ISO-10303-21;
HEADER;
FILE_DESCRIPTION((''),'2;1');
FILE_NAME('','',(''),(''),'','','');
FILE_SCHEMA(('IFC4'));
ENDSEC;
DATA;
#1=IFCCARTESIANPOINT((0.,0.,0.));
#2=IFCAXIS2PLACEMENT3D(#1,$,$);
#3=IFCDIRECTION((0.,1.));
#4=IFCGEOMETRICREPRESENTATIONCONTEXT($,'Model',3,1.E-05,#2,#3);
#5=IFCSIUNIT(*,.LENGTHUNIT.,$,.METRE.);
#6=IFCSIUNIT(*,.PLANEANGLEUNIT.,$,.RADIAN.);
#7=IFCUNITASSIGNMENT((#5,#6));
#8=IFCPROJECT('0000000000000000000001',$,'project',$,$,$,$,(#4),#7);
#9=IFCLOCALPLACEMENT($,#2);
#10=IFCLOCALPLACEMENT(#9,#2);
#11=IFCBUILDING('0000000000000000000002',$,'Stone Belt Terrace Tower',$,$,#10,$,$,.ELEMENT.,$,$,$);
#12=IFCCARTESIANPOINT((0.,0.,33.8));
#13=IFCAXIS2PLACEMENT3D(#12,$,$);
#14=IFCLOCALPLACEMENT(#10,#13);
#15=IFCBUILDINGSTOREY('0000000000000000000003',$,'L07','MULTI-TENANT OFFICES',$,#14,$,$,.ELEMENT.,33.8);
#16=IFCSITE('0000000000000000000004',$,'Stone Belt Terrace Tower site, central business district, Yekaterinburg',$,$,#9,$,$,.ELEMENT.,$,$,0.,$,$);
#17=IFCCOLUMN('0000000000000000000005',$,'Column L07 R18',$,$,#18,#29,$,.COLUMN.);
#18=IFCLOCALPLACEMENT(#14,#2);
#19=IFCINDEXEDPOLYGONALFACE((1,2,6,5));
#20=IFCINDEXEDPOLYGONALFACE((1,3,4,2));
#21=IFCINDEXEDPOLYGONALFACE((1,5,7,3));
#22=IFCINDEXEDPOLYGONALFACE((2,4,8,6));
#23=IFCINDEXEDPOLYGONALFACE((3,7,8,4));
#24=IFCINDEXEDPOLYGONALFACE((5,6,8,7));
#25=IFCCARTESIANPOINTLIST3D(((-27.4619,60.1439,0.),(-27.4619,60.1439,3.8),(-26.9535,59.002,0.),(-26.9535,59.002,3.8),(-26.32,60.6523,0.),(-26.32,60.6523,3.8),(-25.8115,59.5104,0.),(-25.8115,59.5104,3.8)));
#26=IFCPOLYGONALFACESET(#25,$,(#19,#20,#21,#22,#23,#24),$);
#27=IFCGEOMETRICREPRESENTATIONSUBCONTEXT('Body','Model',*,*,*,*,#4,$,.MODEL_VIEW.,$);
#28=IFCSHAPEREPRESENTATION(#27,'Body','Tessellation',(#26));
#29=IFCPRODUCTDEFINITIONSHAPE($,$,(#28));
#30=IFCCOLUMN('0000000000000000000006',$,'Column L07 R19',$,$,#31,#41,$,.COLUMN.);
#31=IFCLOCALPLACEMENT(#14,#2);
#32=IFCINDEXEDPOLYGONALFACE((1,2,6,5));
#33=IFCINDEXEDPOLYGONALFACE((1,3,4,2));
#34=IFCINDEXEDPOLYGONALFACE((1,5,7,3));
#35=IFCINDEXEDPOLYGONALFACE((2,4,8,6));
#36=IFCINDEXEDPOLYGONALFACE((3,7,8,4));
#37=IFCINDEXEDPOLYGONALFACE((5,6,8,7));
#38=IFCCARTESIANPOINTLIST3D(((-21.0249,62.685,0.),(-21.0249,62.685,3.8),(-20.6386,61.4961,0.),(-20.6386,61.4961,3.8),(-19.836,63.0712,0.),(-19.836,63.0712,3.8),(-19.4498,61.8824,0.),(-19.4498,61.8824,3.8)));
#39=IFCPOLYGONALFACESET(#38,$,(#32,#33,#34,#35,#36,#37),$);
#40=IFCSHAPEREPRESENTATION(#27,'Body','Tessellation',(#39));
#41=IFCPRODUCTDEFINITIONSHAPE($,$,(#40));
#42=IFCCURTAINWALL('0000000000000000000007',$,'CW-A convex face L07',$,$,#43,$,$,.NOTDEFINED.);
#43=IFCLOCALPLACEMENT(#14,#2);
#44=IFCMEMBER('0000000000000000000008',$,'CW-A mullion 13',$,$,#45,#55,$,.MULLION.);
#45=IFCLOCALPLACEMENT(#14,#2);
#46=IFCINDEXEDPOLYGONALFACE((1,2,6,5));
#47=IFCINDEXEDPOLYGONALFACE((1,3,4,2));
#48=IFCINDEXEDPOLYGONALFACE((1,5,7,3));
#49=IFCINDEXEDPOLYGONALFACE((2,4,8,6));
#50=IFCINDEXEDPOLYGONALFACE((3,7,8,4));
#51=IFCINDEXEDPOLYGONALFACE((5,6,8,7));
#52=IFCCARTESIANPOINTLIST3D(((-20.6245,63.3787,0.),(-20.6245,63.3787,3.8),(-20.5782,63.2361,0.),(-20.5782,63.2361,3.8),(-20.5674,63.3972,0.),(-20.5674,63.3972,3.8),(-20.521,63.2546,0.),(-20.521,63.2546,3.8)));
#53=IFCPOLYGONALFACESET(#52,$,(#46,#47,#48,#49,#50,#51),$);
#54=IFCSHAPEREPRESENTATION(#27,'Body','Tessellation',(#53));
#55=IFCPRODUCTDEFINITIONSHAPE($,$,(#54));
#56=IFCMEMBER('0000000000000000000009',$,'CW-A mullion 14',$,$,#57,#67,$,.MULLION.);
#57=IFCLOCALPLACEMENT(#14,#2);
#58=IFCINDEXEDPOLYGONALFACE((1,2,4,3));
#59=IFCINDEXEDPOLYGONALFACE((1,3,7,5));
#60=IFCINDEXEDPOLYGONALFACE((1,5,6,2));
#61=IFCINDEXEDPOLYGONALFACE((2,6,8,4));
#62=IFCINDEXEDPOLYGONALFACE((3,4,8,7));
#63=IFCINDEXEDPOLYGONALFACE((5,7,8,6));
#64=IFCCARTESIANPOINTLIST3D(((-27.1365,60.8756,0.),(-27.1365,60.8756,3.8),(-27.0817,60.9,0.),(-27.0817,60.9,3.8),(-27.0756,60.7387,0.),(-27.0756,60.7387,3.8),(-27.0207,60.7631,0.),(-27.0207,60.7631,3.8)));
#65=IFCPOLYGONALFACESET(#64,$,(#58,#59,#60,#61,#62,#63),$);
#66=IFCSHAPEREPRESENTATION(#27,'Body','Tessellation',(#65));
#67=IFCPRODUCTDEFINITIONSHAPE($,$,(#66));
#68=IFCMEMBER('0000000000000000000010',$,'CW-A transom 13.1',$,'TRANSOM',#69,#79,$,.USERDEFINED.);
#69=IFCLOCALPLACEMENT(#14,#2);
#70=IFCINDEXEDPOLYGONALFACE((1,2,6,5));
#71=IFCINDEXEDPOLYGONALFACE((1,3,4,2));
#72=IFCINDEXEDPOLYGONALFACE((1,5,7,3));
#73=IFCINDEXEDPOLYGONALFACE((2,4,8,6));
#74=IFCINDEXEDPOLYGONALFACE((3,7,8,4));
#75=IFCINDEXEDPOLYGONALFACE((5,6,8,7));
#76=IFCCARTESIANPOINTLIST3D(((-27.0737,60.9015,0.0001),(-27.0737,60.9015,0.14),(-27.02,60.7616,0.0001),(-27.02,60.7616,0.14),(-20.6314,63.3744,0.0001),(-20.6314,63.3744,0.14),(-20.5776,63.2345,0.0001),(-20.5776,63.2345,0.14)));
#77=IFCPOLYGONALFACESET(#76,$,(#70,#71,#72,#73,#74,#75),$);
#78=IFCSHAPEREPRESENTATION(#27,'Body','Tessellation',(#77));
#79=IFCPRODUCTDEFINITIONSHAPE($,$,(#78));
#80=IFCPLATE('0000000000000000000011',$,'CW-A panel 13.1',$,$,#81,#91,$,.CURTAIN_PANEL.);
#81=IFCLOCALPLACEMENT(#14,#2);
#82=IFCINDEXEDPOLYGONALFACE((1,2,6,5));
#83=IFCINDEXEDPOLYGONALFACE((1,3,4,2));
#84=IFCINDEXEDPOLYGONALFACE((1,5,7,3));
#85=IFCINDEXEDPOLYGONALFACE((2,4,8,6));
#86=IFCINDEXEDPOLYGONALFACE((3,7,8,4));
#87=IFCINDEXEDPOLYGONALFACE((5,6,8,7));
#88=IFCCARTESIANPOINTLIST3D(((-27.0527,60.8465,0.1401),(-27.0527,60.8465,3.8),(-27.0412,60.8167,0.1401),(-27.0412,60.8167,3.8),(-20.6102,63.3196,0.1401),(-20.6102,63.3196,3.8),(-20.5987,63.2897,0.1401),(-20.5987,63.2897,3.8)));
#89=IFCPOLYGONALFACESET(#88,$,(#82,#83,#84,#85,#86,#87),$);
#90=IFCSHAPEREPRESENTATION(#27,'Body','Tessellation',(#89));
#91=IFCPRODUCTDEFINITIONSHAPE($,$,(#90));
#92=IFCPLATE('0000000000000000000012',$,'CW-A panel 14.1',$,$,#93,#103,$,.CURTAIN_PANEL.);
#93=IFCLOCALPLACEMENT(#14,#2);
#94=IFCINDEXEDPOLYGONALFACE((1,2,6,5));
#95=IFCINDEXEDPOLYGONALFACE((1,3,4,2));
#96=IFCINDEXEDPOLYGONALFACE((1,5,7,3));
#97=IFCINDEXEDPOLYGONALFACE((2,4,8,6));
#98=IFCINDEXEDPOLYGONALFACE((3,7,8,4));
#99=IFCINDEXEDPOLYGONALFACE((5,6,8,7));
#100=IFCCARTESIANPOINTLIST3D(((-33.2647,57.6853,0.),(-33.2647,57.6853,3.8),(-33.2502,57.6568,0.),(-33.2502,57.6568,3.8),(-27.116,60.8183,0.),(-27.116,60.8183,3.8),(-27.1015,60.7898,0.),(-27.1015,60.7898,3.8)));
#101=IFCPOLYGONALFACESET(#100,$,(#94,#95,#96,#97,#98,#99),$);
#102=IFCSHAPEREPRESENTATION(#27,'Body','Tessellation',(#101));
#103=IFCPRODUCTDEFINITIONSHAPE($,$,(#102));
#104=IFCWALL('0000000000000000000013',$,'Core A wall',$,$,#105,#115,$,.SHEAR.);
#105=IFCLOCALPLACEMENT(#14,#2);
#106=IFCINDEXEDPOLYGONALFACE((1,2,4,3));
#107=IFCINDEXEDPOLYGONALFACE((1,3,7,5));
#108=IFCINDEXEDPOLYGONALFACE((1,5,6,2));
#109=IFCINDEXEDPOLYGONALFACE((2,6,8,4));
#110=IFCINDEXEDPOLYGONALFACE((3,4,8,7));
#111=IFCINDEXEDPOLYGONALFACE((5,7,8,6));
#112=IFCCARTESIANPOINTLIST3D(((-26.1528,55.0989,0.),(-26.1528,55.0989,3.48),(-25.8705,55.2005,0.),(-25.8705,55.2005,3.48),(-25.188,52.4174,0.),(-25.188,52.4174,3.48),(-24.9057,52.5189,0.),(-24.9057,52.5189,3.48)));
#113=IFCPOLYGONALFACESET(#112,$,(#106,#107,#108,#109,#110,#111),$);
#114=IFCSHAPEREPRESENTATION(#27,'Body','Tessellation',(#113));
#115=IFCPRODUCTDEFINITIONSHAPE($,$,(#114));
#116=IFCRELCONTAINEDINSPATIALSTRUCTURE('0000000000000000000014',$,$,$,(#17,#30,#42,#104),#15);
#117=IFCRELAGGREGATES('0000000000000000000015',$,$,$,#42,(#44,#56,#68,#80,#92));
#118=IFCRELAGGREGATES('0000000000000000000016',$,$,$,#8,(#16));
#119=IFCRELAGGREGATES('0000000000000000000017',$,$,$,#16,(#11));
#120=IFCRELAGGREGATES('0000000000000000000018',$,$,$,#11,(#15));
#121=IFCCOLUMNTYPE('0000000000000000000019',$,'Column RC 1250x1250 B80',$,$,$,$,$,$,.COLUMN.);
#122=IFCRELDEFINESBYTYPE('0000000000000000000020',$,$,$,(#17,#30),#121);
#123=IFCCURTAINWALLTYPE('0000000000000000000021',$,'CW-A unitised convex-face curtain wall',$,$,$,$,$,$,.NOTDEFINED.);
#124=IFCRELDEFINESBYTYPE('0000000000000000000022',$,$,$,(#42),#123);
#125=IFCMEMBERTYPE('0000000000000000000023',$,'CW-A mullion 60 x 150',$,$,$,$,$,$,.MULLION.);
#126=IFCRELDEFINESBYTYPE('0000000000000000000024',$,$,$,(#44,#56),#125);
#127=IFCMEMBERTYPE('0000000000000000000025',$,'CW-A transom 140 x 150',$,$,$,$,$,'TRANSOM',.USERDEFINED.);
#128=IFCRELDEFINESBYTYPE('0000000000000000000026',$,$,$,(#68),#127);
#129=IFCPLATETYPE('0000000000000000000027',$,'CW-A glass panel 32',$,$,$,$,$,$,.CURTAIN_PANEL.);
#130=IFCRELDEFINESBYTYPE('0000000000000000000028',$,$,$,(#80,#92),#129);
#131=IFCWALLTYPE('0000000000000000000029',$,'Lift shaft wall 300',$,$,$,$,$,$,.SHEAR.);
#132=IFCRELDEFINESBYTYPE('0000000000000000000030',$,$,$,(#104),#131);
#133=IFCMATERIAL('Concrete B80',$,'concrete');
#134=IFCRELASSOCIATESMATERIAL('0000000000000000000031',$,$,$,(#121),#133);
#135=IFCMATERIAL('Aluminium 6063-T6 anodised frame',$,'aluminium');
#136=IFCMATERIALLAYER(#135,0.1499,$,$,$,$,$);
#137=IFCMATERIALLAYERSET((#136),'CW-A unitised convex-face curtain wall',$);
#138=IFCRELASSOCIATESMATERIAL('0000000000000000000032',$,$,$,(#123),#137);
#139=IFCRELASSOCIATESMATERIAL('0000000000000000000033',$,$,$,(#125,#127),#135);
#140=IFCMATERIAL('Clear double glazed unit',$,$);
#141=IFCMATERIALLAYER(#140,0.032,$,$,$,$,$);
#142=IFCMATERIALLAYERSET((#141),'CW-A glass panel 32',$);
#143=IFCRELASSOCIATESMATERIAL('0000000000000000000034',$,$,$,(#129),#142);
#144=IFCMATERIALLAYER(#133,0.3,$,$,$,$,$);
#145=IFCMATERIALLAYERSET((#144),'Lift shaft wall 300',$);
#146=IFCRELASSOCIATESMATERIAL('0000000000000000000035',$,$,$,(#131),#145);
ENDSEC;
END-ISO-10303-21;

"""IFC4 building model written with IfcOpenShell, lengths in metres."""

from ifc_helpers import new_model, si_unit, direction, frame, frame_2d, origin, origin_2d, place, context, subcontext, project, spatial, rectangle, extrude, material, layer, layer_set, material_profile, profile_set, type_object, element, aggregate, save


model = new_model("IFC4")

# Units and contexts
model_context = context("Model", 3, precision=1e-05, world=origin(), true_north=direction((0.0, 1.0)))
body_context = subcontext(model_context, "Body", "Model", "MODEL_VIEW")
ifc_project = project(units=[si_unit("LENGTHUNIT", "METRE"), si_unit("PLANEANGLEUNIT", "RADIAN")], contexts=[model_context])

# Site, building, storey
site_placement = place(None, origin())
site = spatial("IfcSite", under=ifc_project, at=site_placement, Name="Stone Belt Terrace Tower site, central business district, Yekaterinburg", CompositionType="ELEMENT", RefElevation=0.0)
building_placement = place(site_placement, origin())
building = spatial("IfcBuilding", under=site, at=building_placement, Name="Stone Belt Terrace Tower", CompositionType="ELEMENT")
storey_placement = place(building_placement, frame((0.0, 0.0, 33.8)))
storey = spatial("IfcBuildingStorey", under=building, at=storey_placement, Name="L07", Description="MULTI-TENANT OFFICES", CompositionType="ELEMENT", Elevation=33.8)

# Columns
ifc_material_1 = material(Name="Concrete B80", Category="concrete")
ifc_material_profile_1 = material_profile(ifc_material_1, rectangle(XDim=1.25, YDim=1.25, at=origin_2d()), Name="RC 1250x1250")
ifc_profile_set_1 = profile_set([ifc_material_profile_1], Name="Concrete B80")
column_type = type_object("IfcColumnType", Name="Column RC 1250x1250 B80", PredefinedType="COLUMN", material=ifc_profile_set_1)
for number, where, z_axis, x_axis, name in (
    (1, (-26.6367, 59.8271, 0.0), (0.0, 0.0, 1.0), (0.913545, 0.406737, 0.0), "Column L07 R18"),
    (2, (-20.2373, 62.2837, 0.0), (0.0, 0.0, 1.0), (0.951057, 0.309017, 0.0), "Column L07 R19"),
):
    element("IfcColumn", number, at=place(storey_placement, frame(where, z_axis=z_axis, x_axis=x_axis)), inside=storey, type_object=column_type, Name=name, PredefinedType="COLUMN", context=body_context, shape_type="SweptSolid", body=[
        extrude(rectangle(XDim=1.25, YDim=1.25, at=origin_2d()), origin(), (0.0, 0.0, 1.0), 3.8),
    ])

# Curtain wall, members, plates
ifc_material_2 = material(Name="Aluminium 6063-T6 anodised frame", Category="aluminium")
ifc_layer_1 = layer(ifc_material_2, 0.1499)
ifc_layer_set_1 = layer_set([ifc_layer_1], Name="CW-A unitised convex-face curtain wall")
curtain_wall_type = type_object("IfcCurtainWallType", Name="CW-A unitised convex-face curtain wall", PredefinedType="NOTDEFINED", material=ifc_layer_set_1)
curtain_wall_placement = place(storey_placement, origin())
curtain_wall = element("IfcCurtainWall", 3, at=curtain_wall_placement, inside=storey, type_object=curtain_wall_type, Name="CW-A convex face L07", PredefinedType="NOTDEFINED")
ifc_material_profile_2 = material_profile(ifc_material_2, rectangle(XDim=0.1499, YDim=0.0601, at=origin_2d()), Name="Aluminium 6063-T6 60x150")
ifc_profile_set_2 = profile_set([ifc_material_profile_2], Name="Aluminium 6063-T6 anodised frame")
member_type_1 = type_object("IfcMemberType", Name="CW-A mullion 60 x 150", PredefinedType="MULLION", material=ifc_profile_set_2)
member_1_placement = place(storey_placement, frame((-20.5728, 63.3167, 0.0), z_axis=(0.0, 0.0, 1.0), x_axis=(0.309017, -0.951057, 0.0)))
member_1 = element("IfcMember", 4, at=member_1_placement, type_object=member_type_1, Name="CW-A mullion 13", PredefinedType="MULLION", context=body_context, shape_type="SweptSolid", body=[
    extrude(rectangle(XDim=0.1499, YDim=0.0601, at=origin_2d()), origin(), (0.0, 0.0, 1.0), 3.8),
])
member_2_placement = place(storey_placement, frame((-27.0786, 60.8193, 0.0), z_axis=(0.0, 0.0, 1.0), x_axis=(0.406737, -0.913545, 0.0)))
member_2 = element("IfcMember", 5, at=member_2_placement, type_object=member_type_1, Name="CW-A mullion 14", PredefinedType="MULLION", context=body_context, shape_type="SweptSolid", body=[
    extrude(rectangle(XDim=0.1499, YDim=0.0601, at=origin_2d()), origin(), (0.0, 0.0, 1.0), 3.8),
])
ifc_material_profile_3 = material_profile(ifc_material_2, rectangle(XDim=0.1499, YDim=0.1399, at=origin_2d()), Name="Aluminium 6063-T6 150x140")
ifc_profile_set_3 = profile_set([ifc_material_profile_3], Name="Aluminium 6063-T6 anodised frame")
member_type_2 = type_object("IfcMemberType", Name="CW-A transom 140 x 150", ElementType="TRANSOM", PredefinedType="USERDEFINED", material=ifc_profile_set_3)
member_3_placement = place(storey_placement, frame((-20.6045, 63.3044, 0.0701), z_axis=(-0.933585, -0.358355, 0.0), x_axis=(0.358355, -0.933585, 0.0)))
member_3 = element("IfcMember", 6, at=member_3_placement, type_object=member_type_2, Name="CW-A transom 13.1", ObjectType="TRANSOM", PredefinedType="USERDEFINED", context=body_context, shape_type="SweptSolid", body=[
    extrude(rectangle(XDim=0.1499, YDim=0.1399, at=origin_2d()), origin(), (0.0, 0.0, 1.0), 6.9006),
])
ifc_material_3 = material(Name="Clear double glazed unit")
ifc_layer_2 = layer(ifc_material_3, 0.032)
ifc_layer_set_2 = layer_set([ifc_layer_2], Name="CW-A glass panel 32")
plate_type = type_object("IfcPlateType", Name="CW-A glass panel 32", PredefinedType="CURTAIN_PANEL", material=ifc_layer_set_2)
plate_1_placement = place(storey_placement, frame((-23.8257, 62.0681, 0.1401), z_axis=(0.0, 0.0, 1.0), x_axis=(-0.93358, -0.358368, 0.0)))
plate_1 = element("IfcPlate", 7, at=plate_1_placement, type_object=plate_type, Name="CW-A panel 13.1", PredefinedType="CURTAIN_PANEL", context=body_context, shape_type="SweptSolid", body=[
    extrude(rectangle(XDim=6.9009, YDim=0.032, at=origin_2d()), origin(), (0.0, 0.0, 1.0), 3.6599),
])
plate_2_placement = place(storey_placement, frame((-30.1831, 59.2375, 0.0), z_axis=(0.0, 0.0, 1.0), x_axis=(-0.891007, -0.45399, 0.0)))
plate_2 = element("IfcPlate", 8, at=plate_2_placement, type_object=plate_type, Name="CW-A panel 14.1", PredefinedType="CURTAIN_PANEL", context=body_context, shape_type="SweptSolid", body=[
    extrude(rectangle(XDim=6.9009, YDim=0.032, at=origin_2d()), origin(), (0.0, 0.0, 1.0), 3.8),
])
aggregate(curtain_wall, [member_1, member_2, member_3, plate_1, plate_2])

# Wall
ifc_layer_3 = layer(ifc_material_1, 0.3)
ifc_layer_set_3 = layer_set([ifc_layer_3], Name="Lift shaft wall 300")
wall_type = type_object("IfcWallType", Name="Lift shaft wall 300", PredefinedType="SHEAR", material=ifc_layer_set_3)
wall_1_placement = place(storey_placement, frame((-25.0469, 52.4683, 0.0), z_axis=(0.0, 0.0, 1.0), x_axis=(-0.33855, 0.940949, 0.0)))
element("IfcWall", 9, at=wall_1_placement, inside=storey, type_object=wall_type, Name="Core A wall", PredefinedType="SHEAR", context=body_context, shape_type="SweptSolid", body=[
    extrude(rectangle(XDim=2.8499, YDim=0.3, at=frame_2d((1.4248, 0.0))), origin(), (0.0, 0.0, 1.0), 3.48),
])

save(model, "model.ifc")
